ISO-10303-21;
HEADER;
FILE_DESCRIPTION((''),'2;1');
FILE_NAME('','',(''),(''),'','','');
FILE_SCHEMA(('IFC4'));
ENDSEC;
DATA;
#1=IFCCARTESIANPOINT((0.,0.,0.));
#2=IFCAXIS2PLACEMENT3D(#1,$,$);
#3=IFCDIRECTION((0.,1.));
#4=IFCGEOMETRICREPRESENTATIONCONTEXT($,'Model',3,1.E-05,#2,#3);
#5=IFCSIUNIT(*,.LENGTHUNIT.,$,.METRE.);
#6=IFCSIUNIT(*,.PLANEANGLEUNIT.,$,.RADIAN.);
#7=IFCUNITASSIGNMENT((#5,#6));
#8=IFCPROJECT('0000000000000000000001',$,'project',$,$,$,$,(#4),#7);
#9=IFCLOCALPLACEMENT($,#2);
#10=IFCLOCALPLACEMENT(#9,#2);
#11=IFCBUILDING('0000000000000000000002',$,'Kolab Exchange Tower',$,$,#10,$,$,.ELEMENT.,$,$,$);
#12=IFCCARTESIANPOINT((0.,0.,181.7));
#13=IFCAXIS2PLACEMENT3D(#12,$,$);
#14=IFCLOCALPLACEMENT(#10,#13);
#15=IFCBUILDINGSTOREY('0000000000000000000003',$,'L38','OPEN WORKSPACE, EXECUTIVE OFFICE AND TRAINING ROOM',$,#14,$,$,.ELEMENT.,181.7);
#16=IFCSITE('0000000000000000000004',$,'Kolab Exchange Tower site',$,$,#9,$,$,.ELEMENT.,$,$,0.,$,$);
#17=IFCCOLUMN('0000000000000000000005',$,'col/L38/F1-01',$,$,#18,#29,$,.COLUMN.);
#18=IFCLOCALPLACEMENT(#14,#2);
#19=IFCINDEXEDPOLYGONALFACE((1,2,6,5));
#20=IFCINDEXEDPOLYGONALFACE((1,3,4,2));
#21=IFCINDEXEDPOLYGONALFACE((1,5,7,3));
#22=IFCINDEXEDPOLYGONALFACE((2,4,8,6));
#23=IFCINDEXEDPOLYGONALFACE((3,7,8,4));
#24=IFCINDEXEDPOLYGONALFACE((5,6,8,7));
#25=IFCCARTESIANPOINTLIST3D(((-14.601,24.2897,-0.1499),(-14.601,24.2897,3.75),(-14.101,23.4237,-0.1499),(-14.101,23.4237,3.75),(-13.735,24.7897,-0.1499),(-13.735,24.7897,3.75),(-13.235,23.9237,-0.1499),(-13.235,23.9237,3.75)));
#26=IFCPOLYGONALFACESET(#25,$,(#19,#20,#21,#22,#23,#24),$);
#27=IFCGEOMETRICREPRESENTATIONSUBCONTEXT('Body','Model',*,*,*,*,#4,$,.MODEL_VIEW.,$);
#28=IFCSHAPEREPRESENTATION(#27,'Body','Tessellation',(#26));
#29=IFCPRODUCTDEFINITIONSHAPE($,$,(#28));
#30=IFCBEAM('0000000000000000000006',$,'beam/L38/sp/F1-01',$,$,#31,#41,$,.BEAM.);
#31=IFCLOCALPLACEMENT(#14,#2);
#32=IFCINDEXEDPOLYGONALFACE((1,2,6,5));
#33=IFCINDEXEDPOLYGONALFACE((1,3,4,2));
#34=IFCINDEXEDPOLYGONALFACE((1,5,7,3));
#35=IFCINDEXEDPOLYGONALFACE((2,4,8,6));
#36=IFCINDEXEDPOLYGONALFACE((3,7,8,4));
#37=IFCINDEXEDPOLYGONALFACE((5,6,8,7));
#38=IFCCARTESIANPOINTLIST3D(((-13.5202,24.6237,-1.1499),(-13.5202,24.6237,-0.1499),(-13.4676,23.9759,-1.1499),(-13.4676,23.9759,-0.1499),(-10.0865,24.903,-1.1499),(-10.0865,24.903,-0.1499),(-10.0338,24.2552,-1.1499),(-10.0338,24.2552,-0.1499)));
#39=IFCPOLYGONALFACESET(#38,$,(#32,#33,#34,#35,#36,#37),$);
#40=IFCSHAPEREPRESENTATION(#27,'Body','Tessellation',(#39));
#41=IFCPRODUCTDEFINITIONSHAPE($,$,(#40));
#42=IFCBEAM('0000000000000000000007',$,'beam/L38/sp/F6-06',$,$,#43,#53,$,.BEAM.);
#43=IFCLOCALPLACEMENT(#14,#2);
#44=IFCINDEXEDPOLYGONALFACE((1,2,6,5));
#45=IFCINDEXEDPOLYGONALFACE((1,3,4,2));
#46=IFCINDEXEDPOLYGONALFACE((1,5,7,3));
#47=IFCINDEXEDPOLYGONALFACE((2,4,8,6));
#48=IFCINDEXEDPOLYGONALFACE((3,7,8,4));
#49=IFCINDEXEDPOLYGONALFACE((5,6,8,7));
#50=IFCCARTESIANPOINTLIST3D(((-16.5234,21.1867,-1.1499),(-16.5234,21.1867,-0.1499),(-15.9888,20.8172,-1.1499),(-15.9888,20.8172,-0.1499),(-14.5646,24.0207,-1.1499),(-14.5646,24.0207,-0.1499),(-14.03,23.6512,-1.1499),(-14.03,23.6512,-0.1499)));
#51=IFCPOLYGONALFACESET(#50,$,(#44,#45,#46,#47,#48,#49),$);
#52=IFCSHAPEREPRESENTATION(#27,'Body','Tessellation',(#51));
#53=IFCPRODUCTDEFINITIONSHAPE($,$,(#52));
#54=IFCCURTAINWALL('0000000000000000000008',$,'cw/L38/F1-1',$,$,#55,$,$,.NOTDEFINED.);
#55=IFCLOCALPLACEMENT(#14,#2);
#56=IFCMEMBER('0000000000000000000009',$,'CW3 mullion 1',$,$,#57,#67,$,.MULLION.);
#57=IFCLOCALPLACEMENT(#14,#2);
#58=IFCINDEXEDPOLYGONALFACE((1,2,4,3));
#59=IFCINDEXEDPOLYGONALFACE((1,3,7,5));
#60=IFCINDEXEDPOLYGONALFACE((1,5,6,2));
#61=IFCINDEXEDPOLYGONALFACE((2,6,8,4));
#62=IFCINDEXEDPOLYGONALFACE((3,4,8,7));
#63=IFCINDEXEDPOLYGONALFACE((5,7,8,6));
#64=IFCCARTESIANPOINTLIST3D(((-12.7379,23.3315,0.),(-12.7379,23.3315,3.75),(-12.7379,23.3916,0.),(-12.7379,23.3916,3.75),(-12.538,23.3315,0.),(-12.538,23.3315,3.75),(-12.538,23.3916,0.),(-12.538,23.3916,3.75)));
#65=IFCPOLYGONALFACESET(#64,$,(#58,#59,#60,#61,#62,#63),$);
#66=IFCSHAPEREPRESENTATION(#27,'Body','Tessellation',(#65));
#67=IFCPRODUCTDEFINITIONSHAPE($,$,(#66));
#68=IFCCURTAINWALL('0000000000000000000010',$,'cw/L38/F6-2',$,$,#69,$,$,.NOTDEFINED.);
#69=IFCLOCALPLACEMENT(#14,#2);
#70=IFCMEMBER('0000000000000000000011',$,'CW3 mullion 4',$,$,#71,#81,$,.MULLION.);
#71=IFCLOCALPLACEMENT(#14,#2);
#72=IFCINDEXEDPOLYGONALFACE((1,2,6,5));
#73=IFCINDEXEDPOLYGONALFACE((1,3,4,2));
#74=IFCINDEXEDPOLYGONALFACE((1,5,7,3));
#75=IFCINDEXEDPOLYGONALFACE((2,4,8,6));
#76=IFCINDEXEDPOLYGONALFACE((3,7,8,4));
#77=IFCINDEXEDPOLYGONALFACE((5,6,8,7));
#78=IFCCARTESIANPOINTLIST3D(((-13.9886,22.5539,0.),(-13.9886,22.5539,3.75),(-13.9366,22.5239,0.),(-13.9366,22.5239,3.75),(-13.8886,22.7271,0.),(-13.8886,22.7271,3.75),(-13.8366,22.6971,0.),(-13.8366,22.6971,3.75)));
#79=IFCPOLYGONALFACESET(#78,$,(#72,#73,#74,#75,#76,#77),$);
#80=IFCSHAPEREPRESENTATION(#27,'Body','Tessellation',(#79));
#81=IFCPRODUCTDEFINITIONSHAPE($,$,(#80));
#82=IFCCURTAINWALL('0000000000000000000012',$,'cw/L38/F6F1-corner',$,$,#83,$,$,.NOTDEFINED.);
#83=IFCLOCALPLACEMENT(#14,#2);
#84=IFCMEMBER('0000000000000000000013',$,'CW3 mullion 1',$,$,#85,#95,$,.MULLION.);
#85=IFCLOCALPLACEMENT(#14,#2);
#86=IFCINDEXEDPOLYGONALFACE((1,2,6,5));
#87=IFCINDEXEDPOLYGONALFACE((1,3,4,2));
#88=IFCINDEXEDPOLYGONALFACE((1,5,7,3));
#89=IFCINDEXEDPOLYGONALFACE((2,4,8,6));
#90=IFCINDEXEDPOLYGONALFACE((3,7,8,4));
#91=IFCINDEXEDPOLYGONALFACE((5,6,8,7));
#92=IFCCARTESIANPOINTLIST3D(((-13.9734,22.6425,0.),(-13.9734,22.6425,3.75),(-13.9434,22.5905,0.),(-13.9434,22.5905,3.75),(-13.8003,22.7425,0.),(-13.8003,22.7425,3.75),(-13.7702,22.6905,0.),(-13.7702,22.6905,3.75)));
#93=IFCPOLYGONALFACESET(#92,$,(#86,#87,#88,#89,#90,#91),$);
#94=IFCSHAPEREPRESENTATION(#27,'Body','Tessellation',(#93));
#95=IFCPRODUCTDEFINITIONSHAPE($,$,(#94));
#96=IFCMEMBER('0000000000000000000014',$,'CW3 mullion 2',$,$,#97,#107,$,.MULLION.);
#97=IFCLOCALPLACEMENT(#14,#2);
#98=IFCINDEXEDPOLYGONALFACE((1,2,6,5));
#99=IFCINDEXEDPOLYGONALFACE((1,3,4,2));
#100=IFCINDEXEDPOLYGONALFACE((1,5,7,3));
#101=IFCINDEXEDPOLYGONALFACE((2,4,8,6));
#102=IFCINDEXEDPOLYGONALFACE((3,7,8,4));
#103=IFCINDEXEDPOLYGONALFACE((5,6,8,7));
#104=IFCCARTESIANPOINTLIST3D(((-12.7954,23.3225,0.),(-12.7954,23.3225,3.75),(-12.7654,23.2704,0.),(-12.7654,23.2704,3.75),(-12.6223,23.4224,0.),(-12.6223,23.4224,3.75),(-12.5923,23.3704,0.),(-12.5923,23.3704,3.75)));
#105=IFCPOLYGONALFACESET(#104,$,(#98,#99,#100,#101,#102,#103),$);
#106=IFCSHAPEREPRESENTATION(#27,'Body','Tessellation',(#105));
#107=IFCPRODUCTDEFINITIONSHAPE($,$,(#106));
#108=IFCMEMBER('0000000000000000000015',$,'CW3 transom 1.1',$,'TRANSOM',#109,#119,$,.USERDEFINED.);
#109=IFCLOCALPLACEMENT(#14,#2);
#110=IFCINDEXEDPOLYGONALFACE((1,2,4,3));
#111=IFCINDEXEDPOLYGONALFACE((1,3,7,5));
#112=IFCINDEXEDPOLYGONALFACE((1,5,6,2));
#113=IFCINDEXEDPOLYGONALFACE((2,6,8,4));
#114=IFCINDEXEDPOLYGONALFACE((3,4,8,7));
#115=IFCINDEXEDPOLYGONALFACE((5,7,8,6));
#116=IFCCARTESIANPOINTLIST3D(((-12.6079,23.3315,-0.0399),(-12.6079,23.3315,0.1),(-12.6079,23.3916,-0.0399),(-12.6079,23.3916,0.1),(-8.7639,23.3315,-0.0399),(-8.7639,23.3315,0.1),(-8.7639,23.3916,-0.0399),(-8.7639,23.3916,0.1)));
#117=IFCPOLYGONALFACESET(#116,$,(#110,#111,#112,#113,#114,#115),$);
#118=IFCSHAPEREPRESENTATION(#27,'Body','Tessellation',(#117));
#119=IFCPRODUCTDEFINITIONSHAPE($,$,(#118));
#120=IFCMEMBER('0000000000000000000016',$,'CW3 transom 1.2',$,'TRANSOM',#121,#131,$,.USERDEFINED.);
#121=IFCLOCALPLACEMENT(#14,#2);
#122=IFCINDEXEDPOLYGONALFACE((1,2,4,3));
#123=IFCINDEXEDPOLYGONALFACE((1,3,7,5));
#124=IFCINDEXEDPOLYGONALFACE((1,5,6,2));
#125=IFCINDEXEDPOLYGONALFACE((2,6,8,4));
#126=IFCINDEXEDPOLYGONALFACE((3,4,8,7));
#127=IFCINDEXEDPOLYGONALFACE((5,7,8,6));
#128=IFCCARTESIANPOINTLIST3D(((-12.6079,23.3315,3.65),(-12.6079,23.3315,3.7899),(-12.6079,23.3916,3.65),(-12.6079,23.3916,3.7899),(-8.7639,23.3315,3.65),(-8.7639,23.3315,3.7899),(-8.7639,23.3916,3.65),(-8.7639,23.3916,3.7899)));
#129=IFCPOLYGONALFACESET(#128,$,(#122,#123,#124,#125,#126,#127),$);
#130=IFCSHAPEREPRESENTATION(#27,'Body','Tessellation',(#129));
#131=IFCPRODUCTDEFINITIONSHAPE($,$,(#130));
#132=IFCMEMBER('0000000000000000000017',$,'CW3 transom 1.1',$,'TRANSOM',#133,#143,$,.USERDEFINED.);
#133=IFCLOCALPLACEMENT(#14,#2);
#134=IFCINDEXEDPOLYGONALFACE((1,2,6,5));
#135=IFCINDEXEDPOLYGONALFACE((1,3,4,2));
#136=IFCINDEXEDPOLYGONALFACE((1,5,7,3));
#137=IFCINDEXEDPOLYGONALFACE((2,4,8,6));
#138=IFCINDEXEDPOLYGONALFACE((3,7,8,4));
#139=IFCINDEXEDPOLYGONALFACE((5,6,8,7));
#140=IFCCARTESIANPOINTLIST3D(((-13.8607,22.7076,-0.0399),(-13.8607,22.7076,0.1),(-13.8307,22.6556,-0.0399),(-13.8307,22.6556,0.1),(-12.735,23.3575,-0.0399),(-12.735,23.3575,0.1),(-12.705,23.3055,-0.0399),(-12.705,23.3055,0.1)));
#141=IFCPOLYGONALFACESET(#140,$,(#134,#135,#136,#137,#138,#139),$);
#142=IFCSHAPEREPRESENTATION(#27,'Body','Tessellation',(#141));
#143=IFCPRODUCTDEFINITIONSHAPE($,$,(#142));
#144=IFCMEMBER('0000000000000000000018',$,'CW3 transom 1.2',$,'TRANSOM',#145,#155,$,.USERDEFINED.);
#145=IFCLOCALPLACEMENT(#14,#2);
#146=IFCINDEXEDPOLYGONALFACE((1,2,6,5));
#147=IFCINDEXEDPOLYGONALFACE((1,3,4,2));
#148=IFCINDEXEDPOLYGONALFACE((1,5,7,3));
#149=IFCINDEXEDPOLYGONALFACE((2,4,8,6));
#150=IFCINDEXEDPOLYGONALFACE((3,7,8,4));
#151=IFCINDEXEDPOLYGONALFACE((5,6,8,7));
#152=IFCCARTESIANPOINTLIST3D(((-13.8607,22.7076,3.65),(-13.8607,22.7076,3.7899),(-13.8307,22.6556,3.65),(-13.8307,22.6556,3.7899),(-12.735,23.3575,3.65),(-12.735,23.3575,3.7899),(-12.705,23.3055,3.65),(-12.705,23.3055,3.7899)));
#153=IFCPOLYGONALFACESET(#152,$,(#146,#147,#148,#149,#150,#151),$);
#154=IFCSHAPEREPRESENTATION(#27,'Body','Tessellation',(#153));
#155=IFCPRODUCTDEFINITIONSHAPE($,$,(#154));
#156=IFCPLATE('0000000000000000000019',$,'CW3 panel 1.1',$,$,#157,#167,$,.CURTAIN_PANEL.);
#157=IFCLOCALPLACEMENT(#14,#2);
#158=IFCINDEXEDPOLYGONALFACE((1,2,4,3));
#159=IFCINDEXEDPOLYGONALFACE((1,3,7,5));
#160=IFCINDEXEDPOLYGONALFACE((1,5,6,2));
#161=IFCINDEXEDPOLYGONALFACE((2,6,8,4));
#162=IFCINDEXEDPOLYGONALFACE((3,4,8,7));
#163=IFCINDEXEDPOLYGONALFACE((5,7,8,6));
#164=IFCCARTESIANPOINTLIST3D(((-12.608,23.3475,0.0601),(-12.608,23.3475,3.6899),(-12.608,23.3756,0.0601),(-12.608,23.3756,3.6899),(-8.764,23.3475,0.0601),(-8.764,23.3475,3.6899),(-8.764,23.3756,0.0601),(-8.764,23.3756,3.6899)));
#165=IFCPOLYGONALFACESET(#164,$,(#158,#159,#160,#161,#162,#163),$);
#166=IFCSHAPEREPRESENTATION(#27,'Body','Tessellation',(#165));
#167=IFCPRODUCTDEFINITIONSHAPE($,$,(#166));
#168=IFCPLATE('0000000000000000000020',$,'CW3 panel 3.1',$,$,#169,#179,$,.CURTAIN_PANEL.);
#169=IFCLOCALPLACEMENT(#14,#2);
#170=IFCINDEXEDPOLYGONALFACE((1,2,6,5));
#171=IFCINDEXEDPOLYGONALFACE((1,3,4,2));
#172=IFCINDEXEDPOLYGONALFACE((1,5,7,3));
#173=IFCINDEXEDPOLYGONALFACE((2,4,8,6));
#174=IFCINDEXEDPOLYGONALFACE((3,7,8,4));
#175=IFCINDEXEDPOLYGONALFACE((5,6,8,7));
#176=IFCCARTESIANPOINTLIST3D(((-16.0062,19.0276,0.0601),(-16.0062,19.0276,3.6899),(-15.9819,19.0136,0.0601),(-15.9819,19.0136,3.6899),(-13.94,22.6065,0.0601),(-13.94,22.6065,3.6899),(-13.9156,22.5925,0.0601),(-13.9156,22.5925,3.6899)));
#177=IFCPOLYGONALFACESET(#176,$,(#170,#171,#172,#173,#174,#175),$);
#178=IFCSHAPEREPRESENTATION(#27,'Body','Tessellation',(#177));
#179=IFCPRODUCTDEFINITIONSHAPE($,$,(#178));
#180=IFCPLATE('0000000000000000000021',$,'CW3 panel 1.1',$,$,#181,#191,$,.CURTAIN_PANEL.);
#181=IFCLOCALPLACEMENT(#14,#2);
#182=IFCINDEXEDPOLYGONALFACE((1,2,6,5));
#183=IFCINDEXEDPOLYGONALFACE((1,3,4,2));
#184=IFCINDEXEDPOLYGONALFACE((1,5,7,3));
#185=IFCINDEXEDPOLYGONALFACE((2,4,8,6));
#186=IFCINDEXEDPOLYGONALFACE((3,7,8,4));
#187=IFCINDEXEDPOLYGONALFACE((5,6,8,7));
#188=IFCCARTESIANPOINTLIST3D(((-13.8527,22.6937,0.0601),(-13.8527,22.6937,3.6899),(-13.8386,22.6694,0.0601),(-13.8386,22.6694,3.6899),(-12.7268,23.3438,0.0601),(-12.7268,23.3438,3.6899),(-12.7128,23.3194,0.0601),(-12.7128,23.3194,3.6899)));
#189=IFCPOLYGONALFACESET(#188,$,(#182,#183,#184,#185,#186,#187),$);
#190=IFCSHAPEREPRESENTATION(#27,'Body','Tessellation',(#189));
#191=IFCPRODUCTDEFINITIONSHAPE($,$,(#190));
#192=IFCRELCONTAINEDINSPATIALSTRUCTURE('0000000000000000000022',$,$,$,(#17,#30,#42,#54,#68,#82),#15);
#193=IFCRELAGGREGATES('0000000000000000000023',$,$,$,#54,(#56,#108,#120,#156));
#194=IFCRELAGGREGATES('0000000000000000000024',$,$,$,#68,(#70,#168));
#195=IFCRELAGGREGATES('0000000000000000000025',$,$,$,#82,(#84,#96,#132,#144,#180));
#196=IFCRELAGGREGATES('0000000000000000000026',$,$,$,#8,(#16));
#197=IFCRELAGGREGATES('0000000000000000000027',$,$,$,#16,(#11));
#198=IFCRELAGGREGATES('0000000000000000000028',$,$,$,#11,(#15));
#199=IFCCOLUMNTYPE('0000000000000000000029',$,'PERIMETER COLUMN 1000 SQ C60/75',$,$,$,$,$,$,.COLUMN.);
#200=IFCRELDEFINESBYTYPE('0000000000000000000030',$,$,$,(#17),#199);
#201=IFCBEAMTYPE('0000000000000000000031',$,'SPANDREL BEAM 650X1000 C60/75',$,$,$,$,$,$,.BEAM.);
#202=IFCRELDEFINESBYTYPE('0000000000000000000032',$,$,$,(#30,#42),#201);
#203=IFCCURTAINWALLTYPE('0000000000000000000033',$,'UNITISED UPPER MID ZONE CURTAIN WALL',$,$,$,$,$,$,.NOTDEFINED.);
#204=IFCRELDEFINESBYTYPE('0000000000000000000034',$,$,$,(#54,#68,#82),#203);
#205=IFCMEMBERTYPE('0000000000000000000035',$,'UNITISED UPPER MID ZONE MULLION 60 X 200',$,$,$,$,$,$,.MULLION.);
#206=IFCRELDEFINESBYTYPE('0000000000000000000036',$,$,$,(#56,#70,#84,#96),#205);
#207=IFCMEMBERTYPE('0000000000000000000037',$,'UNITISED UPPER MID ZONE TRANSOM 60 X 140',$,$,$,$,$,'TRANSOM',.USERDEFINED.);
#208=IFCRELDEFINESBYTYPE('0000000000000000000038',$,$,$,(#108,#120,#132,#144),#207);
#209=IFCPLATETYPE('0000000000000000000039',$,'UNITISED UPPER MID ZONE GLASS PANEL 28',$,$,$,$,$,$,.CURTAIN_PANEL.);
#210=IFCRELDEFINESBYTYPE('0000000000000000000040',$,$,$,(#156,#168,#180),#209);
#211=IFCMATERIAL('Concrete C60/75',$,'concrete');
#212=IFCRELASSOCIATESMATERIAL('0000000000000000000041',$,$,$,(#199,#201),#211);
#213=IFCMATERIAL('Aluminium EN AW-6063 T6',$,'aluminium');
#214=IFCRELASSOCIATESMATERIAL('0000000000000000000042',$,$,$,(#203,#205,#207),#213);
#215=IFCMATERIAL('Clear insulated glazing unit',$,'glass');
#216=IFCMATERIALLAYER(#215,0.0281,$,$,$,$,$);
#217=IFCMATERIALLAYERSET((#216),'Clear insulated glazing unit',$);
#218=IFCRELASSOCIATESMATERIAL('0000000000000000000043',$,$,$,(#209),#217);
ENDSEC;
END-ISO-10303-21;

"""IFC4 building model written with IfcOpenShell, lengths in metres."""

from ifc_helpers import new_model, si_unit, direction, frame, origin, origin_2d, place, context, subcontext, project, spatial, rectangle, extrude, material, layer, layer_set, material_profile, profile_set, type_object, element, aggregate, save


model = new_model("IFC4")

# Units and contexts
model_context = context("Model", 3, precision=1e-05, world=origin(), true_north=direction((0.0, 1.0)))
body_context = subcontext(model_context, "Body", "Model", "MODEL_VIEW")
ifc_project = project(units=[si_unit("LENGTHUNIT", "METRE"), si_unit("PLANEANGLEUNIT", "RADIAN")], contexts=[model_context])

# Site, building, storey
site_placement = place(None, origin())
site = spatial("IfcSite", under=ifc_project, at=site_placement, Name="Kolab Exchange Tower site", CompositionType="ELEMENT", RefElevation=0.0)
building_placement = place(site_placement, origin())
building = spatial("IfcBuilding", under=site, at=building_placement, Name="Kolab Exchange Tower", CompositionType="ELEMENT")
storey_placement = place(building_placement, frame((0.0, 0.0, 181.7)))
storey = spatial("IfcBuildingStorey", under=building, at=storey_placement, Name="L38", Description="OPEN WORKSPACE, EXECUTIVE OFFICE AND TRAINING ROOM", CompositionType="ELEMENT", Elevation=181.7)

# Column
ifc_material_1 = material(Name="Concrete C60/75", Category="concrete")
ifc_material_profile_1 = material_profile(ifc_material_1, rectangle(XDim=1.0, YDim=1.0, at=origin_2d()), Name="RC1000")
ifc_profile_set_1 = profile_set([ifc_material_profile_1], Name="Concrete C60/75")
column_type = type_object("IfcColumnType", Name="PERIMETER COLUMN 1000 SQ C60/75", PredefinedType="COLUMN", material=ifc_profile_set_1)
column_placement = place(storey_placement, frame((-13.918, 24.1067, -0.1499), z_axis=(0.0, 0.0, 1.0), x_axis=(0.866025, 0.5, 0.0)))
element("IfcColumn", 1, at=column_placement, inside=storey, type_object=column_type, Name="col/L38/F1-01", PredefinedType="COLUMN", context=body_context, shape_type="SweptSolid", body=[
    extrude(rectangle(XDim=1.0, YDim=1.0, at=origin_2d()), origin(), (0.0, 0.0, 1.0), 3.8999),
])

# Beams
ifc_material_profile_2 = material_profile(ifc_material_1, rectangle(XDim=0.6499, YDim=1.0, at=origin_2d()), Name="RC650X1000")
ifc_profile_set_2 = profile_set([ifc_material_profile_2], Name="Concrete C60/75")
beam_type = type_object("IfcBeamType", Name="SPANDREL BEAM 650X1000 C60/75", PredefinedType="BEAM", material=ifc_profile_set_2)
for number, where, z_axis, x_axis, name in (
    (2, (-13.4939, 24.2998, -0.6499), (0.996708, 0.081069, 0.0), (-0.081069, 0.996708, 0.0), "beam/L38/sp/F1-01"),
    (3, (-16.2561, 21.002, -0.6499), (0.568572, 0.822633, 0.0), (-0.822633, 0.568572, 0.0), "beam/L38/sp/F6-06"),
):
    element("IfcBeam", number, at=place(storey_placement, frame(where, z_axis=z_axis, x_axis=x_axis)), inside=storey, type_object=beam_type, Name=name, PredefinedType="BEAM", context=body_context, shape_type="SweptSolid", body=[
        extrude(rectangle(XDim=0.6499, YDim=1.0, at=origin_2d()), origin(), (0.0, 0.0, 1.0), 3.4451),
    ])

# Curtain walls, members
ifc_material_2 = material(Name="Aluminium EN AW-6063 T6", Category="aluminium")
curtain_wall_type = type_object("IfcCurtainWallType", Name="UNITISED UPPER MID ZONE CURTAIN WALL", PredefinedType="NOTDEFINED", material=ifc_material_2)
curtain_wall_1_placement = place(storey_placement, origin())
curtain_wall_1 = element("IfcCurtainWall", 4, at=curtain_wall_1_placement, inside=storey, type_object=curtain_wall_type, Name="cw/L38/F1-1", PredefinedType="NOTDEFINED")
ifc_material_profile_3 = material_profile(ifc_material_2, rectangle(XDim=0.0601, YDim=0.2, at=origin_2d()), Name="RECT 60X200")
ifc_profile_set_3 = profile_set([ifc_material_profile_3], Name="Aluminium EN AW-6063 T6")
member_type_1 = type_object("IfcMemberType", Name="UNITISED UPPER MID ZONE MULLION 60 X 200", PredefinedType="MULLION", material=ifc_profile_set_3)
member_1_placement = place(storey_placement, frame((-12.6379, 23.3616, 0.0), z_axis=(0.0, 0.0, 1.0), x_axis=(0.0, 1.0, 0.0)))
member_1 = element("IfcMember", 5, at=member_1_placement, type_object=member_type_1, Name="CW3 mullion 1", PredefinedType="MULLION", context=body_context, shape_type="SweptSolid", body=[
    extrude(rectangle(XDim=0.0601, YDim=0.2, at=origin_2d()), origin(), (0.0, 0.0, 1.0), 3.75),
])
curtain_wall_2_placement = place(storey_placement, origin())
curtain_wall_2 = element("IfcCurtainWall", 6, at=curtain_wall_2_placement, inside=storey, type_object=curtain_wall_type, Name="cw/L38/F6-2", PredefinedType="NOTDEFINED")
member_2_placement = place(storey_placement, frame((-13.9126, 22.6255, 0.0), z_axis=(0.0, 0.0, 1.0), x_axis=(-0.866025, 0.5, 0.0)))
member_2 = element("IfcMember", 7, at=member_2_placement, type_object=member_type_1, Name="CW3 mullion 4", PredefinedType="MULLION", context=body_context, shape_type="SweptSolid", body=[
    extrude(rectangle(XDim=0.0601, YDim=0.2, at=origin_2d()), origin(), (0.0, 0.0, 1.0), 3.75),
])

# Curtain wall, members
curtain_wall_3_placement = place(storey_placement, origin())
curtain_wall_3 = element("IfcCurtainWall", 8, at=curtain_wall_3_placement, inside=storey, type_object=curtain_wall_type, Name="cw/L38/F6F1-corner", PredefinedType="NOTDEFINED")
member_3_placement = place(storey_placement, frame((-13.8718, 22.6665, 0.0), z_axis=(0.0, 0.0, 1.0), x_axis=(-0.5, 0.866025, 0.0)))
member_3 = element("IfcMember", 9, at=member_3_placement, type_object=member_type_1, Name="CW3 mullion 1", PredefinedType="MULLION", context=body_context, shape_type="SweptSolid", body=[
    extrude(rectangle(XDim=0.0601, YDim=0.2, at=origin_2d()), origin(), (0.0, 0.0, 1.0), 3.75),
])
member_4_placement = place(storey_placement, frame((-12.6938, 23.3464, 0.0), z_axis=(0.0, 0.0, 1.0), x_axis=(-0.5, 0.866025, 0.0)))
member_4 = element("IfcMember", 10, at=member_4_placement, type_object=member_type_1, Name="CW3 mullion 2", PredefinedType="MULLION", context=body_context, shape_type="SweptSolid", body=[
    extrude(rectangle(XDim=0.0601, YDim=0.2, at=origin_2d()), origin(), (0.0, 0.0, 1.0), 3.75),
])

# Members
ifc_material_profile_4 = material_profile(ifc_material_2, rectangle(XDim=0.0601, YDim=0.1399, at=origin_2d()), Name="RECT 60X140")
ifc_profile_set_4 = profile_set([ifc_material_profile_4], Name="Aluminium EN AW-6063 T6")
member_type_2 = type_object("IfcMemberType", Name="UNITISED UPPER MID ZONE TRANSOM 60 X 140", ElementType="TRANSOM", PredefinedType="USERDEFINED", material=ifc_profile_set_4)
member_5_placement = place(storey_placement, frame((-12.6079, 23.3616, 0.03), z_axis=(1.0, 0.0, 0.0), x_axis=(0.0, 1.0, 0.0)))
member_5 = element("IfcMember", 11, at=member_5_placement, type_object=member_type_2, Name="CW3 transom 1.1", ObjectType="TRANSOM", PredefinedType="USERDEFINED", context=body_context, shape_type="SweptSolid", body=[
    extrude(rectangle(XDim=0.0601, YDim=0.1399, at=origin_2d()), origin(), (0.0, 0.0, 1.0), 3.844),
])
member_6_placement = place(storey_placement, frame((-12.6079, 23.3616, 3.72), z_axis=(1.0, 0.0, 0.0), x_axis=(0.0, 1.0, 0.0)))
member_6 = element("IfcMember", 12, at=member_6_placement, type_object=member_type_2, Name="CW3 transom 1.2", ObjectType="TRANSOM", PredefinedType="USERDEFINED", context=body_context, shape_type="SweptSolid", body=[
    extrude(rectangle(XDim=0.0601, YDim=0.1399, at=origin_2d()), origin(), (0.0, 0.0, 1.0), 3.844),
])
member_7_placement = place(storey_placement, frame((-13.8457, 22.6816, 0.03), z_axis=(0.866039, 0.499977, 0.0), x_axis=(-0.499977, 0.866039, 0.0)))
member_7 = element("IfcMember", 13, at=member_7_placement, type_object=member_type_2, Name="CW3 transom 1.1", ObjectType="TRANSOM", PredefinedType="USERDEFINED", context=body_context, shape_type="SweptSolid", body=[
    extrude(rectangle(XDim=0.0601, YDim=0.1399, at=origin_2d()), origin(), (0.0, 0.0, 1.0), 1.2998),
])
member_8_placement = place(storey_placement, frame((-13.8457, 22.6816, 3.72), z_axis=(0.866039, 0.499977, 0.0), x_axis=(-0.499977, 0.866039, 0.0)))
member_8 = element("IfcMember", 14, at=member_8_placement, type_object=member_type_2, Name="CW3 transom 1.2", ObjectType="TRANSOM", PredefinedType="USERDEFINED", context=body_context, shape_type="SweptSolid", body=[
    extrude(rectangle(XDim=0.0601, YDim=0.1399, at=origin_2d()), origin(), (0.0, 0.0, 1.0), 1.2998),
])

# Plates
ifc_material_3 = material(Name="Clear insulated glazing unit", Category="glass")
ifc_layer = layer(ifc_material_3, 0.0281)
ifc_layer_set = layer_set([ifc_layer], Name="Clear insulated glazing unit")
plate_type = type_object("IfcPlateType", Name="UNITISED UPPER MID ZONE GLASS PANEL 28", PredefinedType="CURTAIN_PANEL", material=ifc_layer_set)
plate_1_placement = place(storey_placement, frame((-10.686, 23.3616, 0.0601), z_axis=(0.0, 0.0, 1.0), x_axis=(1.0, 0.0, 0.0)))
plate_1 = element("IfcPlate", 15, at=plate_1_placement, type_object=plate_type, Name="CW3 panel 1.1", PredefinedType="CURTAIN_PANEL", context=body_context, shape_type="SweptSolid", body=[
    extrude(rectangle(XDim=3.844, YDim=0.0281, at=origin_2d()), origin(), (0.0, 0.0, 1.0), 3.6299),
])
aggregate(curtain_wall_1, [member_1, member_5, member_6, plate_1])
plate_2_placement = place(storey_placement, frame((-14.9609, 20.8101, 0.0601), z_axis=(0.0, 0.0, 1.0), x_axis=(0.5, 0.866025, 0.0)))
plate_2 = element("IfcPlate", 16, at=plate_2_placement, type_object=plate_type, Name="CW3 panel 3.1", PredefinedType="CURTAIN_PANEL", context=body_context, shape_type="SweptSolid", body=[
    extrude(rectangle(XDim=4.1326, YDim=0.0281, at=origin_2d()), origin(), (0.0, 0.0, 1.0), 3.6299),
])
aggregate(curtain_wall_2, [member_2, plate_2])
plate_3_placement = place(storey_placement, frame((-13.2827, 23.0066, 0.0601), z_axis=(0.0, 0.0, 1.0), x_axis=(0.866025, 0.5, 0.0)))
plate_3 = element("IfcPlate", 17, at=plate_3_placement, type_object=plate_type, Name="CW3 panel 1.1", PredefinedType="CURTAIN_PANEL", context=body_context, shape_type="SweptSolid", body=[
    extrude(rectangle(XDim=1.3, YDim=0.0281, at=origin_2d()), origin(), (0.0, 0.0, 1.0), 3.6299),
])
aggregate(curtain_wall_3, [member_3, member_4, member_7, member_8, plate_3])

save(model, "model.ifc")
